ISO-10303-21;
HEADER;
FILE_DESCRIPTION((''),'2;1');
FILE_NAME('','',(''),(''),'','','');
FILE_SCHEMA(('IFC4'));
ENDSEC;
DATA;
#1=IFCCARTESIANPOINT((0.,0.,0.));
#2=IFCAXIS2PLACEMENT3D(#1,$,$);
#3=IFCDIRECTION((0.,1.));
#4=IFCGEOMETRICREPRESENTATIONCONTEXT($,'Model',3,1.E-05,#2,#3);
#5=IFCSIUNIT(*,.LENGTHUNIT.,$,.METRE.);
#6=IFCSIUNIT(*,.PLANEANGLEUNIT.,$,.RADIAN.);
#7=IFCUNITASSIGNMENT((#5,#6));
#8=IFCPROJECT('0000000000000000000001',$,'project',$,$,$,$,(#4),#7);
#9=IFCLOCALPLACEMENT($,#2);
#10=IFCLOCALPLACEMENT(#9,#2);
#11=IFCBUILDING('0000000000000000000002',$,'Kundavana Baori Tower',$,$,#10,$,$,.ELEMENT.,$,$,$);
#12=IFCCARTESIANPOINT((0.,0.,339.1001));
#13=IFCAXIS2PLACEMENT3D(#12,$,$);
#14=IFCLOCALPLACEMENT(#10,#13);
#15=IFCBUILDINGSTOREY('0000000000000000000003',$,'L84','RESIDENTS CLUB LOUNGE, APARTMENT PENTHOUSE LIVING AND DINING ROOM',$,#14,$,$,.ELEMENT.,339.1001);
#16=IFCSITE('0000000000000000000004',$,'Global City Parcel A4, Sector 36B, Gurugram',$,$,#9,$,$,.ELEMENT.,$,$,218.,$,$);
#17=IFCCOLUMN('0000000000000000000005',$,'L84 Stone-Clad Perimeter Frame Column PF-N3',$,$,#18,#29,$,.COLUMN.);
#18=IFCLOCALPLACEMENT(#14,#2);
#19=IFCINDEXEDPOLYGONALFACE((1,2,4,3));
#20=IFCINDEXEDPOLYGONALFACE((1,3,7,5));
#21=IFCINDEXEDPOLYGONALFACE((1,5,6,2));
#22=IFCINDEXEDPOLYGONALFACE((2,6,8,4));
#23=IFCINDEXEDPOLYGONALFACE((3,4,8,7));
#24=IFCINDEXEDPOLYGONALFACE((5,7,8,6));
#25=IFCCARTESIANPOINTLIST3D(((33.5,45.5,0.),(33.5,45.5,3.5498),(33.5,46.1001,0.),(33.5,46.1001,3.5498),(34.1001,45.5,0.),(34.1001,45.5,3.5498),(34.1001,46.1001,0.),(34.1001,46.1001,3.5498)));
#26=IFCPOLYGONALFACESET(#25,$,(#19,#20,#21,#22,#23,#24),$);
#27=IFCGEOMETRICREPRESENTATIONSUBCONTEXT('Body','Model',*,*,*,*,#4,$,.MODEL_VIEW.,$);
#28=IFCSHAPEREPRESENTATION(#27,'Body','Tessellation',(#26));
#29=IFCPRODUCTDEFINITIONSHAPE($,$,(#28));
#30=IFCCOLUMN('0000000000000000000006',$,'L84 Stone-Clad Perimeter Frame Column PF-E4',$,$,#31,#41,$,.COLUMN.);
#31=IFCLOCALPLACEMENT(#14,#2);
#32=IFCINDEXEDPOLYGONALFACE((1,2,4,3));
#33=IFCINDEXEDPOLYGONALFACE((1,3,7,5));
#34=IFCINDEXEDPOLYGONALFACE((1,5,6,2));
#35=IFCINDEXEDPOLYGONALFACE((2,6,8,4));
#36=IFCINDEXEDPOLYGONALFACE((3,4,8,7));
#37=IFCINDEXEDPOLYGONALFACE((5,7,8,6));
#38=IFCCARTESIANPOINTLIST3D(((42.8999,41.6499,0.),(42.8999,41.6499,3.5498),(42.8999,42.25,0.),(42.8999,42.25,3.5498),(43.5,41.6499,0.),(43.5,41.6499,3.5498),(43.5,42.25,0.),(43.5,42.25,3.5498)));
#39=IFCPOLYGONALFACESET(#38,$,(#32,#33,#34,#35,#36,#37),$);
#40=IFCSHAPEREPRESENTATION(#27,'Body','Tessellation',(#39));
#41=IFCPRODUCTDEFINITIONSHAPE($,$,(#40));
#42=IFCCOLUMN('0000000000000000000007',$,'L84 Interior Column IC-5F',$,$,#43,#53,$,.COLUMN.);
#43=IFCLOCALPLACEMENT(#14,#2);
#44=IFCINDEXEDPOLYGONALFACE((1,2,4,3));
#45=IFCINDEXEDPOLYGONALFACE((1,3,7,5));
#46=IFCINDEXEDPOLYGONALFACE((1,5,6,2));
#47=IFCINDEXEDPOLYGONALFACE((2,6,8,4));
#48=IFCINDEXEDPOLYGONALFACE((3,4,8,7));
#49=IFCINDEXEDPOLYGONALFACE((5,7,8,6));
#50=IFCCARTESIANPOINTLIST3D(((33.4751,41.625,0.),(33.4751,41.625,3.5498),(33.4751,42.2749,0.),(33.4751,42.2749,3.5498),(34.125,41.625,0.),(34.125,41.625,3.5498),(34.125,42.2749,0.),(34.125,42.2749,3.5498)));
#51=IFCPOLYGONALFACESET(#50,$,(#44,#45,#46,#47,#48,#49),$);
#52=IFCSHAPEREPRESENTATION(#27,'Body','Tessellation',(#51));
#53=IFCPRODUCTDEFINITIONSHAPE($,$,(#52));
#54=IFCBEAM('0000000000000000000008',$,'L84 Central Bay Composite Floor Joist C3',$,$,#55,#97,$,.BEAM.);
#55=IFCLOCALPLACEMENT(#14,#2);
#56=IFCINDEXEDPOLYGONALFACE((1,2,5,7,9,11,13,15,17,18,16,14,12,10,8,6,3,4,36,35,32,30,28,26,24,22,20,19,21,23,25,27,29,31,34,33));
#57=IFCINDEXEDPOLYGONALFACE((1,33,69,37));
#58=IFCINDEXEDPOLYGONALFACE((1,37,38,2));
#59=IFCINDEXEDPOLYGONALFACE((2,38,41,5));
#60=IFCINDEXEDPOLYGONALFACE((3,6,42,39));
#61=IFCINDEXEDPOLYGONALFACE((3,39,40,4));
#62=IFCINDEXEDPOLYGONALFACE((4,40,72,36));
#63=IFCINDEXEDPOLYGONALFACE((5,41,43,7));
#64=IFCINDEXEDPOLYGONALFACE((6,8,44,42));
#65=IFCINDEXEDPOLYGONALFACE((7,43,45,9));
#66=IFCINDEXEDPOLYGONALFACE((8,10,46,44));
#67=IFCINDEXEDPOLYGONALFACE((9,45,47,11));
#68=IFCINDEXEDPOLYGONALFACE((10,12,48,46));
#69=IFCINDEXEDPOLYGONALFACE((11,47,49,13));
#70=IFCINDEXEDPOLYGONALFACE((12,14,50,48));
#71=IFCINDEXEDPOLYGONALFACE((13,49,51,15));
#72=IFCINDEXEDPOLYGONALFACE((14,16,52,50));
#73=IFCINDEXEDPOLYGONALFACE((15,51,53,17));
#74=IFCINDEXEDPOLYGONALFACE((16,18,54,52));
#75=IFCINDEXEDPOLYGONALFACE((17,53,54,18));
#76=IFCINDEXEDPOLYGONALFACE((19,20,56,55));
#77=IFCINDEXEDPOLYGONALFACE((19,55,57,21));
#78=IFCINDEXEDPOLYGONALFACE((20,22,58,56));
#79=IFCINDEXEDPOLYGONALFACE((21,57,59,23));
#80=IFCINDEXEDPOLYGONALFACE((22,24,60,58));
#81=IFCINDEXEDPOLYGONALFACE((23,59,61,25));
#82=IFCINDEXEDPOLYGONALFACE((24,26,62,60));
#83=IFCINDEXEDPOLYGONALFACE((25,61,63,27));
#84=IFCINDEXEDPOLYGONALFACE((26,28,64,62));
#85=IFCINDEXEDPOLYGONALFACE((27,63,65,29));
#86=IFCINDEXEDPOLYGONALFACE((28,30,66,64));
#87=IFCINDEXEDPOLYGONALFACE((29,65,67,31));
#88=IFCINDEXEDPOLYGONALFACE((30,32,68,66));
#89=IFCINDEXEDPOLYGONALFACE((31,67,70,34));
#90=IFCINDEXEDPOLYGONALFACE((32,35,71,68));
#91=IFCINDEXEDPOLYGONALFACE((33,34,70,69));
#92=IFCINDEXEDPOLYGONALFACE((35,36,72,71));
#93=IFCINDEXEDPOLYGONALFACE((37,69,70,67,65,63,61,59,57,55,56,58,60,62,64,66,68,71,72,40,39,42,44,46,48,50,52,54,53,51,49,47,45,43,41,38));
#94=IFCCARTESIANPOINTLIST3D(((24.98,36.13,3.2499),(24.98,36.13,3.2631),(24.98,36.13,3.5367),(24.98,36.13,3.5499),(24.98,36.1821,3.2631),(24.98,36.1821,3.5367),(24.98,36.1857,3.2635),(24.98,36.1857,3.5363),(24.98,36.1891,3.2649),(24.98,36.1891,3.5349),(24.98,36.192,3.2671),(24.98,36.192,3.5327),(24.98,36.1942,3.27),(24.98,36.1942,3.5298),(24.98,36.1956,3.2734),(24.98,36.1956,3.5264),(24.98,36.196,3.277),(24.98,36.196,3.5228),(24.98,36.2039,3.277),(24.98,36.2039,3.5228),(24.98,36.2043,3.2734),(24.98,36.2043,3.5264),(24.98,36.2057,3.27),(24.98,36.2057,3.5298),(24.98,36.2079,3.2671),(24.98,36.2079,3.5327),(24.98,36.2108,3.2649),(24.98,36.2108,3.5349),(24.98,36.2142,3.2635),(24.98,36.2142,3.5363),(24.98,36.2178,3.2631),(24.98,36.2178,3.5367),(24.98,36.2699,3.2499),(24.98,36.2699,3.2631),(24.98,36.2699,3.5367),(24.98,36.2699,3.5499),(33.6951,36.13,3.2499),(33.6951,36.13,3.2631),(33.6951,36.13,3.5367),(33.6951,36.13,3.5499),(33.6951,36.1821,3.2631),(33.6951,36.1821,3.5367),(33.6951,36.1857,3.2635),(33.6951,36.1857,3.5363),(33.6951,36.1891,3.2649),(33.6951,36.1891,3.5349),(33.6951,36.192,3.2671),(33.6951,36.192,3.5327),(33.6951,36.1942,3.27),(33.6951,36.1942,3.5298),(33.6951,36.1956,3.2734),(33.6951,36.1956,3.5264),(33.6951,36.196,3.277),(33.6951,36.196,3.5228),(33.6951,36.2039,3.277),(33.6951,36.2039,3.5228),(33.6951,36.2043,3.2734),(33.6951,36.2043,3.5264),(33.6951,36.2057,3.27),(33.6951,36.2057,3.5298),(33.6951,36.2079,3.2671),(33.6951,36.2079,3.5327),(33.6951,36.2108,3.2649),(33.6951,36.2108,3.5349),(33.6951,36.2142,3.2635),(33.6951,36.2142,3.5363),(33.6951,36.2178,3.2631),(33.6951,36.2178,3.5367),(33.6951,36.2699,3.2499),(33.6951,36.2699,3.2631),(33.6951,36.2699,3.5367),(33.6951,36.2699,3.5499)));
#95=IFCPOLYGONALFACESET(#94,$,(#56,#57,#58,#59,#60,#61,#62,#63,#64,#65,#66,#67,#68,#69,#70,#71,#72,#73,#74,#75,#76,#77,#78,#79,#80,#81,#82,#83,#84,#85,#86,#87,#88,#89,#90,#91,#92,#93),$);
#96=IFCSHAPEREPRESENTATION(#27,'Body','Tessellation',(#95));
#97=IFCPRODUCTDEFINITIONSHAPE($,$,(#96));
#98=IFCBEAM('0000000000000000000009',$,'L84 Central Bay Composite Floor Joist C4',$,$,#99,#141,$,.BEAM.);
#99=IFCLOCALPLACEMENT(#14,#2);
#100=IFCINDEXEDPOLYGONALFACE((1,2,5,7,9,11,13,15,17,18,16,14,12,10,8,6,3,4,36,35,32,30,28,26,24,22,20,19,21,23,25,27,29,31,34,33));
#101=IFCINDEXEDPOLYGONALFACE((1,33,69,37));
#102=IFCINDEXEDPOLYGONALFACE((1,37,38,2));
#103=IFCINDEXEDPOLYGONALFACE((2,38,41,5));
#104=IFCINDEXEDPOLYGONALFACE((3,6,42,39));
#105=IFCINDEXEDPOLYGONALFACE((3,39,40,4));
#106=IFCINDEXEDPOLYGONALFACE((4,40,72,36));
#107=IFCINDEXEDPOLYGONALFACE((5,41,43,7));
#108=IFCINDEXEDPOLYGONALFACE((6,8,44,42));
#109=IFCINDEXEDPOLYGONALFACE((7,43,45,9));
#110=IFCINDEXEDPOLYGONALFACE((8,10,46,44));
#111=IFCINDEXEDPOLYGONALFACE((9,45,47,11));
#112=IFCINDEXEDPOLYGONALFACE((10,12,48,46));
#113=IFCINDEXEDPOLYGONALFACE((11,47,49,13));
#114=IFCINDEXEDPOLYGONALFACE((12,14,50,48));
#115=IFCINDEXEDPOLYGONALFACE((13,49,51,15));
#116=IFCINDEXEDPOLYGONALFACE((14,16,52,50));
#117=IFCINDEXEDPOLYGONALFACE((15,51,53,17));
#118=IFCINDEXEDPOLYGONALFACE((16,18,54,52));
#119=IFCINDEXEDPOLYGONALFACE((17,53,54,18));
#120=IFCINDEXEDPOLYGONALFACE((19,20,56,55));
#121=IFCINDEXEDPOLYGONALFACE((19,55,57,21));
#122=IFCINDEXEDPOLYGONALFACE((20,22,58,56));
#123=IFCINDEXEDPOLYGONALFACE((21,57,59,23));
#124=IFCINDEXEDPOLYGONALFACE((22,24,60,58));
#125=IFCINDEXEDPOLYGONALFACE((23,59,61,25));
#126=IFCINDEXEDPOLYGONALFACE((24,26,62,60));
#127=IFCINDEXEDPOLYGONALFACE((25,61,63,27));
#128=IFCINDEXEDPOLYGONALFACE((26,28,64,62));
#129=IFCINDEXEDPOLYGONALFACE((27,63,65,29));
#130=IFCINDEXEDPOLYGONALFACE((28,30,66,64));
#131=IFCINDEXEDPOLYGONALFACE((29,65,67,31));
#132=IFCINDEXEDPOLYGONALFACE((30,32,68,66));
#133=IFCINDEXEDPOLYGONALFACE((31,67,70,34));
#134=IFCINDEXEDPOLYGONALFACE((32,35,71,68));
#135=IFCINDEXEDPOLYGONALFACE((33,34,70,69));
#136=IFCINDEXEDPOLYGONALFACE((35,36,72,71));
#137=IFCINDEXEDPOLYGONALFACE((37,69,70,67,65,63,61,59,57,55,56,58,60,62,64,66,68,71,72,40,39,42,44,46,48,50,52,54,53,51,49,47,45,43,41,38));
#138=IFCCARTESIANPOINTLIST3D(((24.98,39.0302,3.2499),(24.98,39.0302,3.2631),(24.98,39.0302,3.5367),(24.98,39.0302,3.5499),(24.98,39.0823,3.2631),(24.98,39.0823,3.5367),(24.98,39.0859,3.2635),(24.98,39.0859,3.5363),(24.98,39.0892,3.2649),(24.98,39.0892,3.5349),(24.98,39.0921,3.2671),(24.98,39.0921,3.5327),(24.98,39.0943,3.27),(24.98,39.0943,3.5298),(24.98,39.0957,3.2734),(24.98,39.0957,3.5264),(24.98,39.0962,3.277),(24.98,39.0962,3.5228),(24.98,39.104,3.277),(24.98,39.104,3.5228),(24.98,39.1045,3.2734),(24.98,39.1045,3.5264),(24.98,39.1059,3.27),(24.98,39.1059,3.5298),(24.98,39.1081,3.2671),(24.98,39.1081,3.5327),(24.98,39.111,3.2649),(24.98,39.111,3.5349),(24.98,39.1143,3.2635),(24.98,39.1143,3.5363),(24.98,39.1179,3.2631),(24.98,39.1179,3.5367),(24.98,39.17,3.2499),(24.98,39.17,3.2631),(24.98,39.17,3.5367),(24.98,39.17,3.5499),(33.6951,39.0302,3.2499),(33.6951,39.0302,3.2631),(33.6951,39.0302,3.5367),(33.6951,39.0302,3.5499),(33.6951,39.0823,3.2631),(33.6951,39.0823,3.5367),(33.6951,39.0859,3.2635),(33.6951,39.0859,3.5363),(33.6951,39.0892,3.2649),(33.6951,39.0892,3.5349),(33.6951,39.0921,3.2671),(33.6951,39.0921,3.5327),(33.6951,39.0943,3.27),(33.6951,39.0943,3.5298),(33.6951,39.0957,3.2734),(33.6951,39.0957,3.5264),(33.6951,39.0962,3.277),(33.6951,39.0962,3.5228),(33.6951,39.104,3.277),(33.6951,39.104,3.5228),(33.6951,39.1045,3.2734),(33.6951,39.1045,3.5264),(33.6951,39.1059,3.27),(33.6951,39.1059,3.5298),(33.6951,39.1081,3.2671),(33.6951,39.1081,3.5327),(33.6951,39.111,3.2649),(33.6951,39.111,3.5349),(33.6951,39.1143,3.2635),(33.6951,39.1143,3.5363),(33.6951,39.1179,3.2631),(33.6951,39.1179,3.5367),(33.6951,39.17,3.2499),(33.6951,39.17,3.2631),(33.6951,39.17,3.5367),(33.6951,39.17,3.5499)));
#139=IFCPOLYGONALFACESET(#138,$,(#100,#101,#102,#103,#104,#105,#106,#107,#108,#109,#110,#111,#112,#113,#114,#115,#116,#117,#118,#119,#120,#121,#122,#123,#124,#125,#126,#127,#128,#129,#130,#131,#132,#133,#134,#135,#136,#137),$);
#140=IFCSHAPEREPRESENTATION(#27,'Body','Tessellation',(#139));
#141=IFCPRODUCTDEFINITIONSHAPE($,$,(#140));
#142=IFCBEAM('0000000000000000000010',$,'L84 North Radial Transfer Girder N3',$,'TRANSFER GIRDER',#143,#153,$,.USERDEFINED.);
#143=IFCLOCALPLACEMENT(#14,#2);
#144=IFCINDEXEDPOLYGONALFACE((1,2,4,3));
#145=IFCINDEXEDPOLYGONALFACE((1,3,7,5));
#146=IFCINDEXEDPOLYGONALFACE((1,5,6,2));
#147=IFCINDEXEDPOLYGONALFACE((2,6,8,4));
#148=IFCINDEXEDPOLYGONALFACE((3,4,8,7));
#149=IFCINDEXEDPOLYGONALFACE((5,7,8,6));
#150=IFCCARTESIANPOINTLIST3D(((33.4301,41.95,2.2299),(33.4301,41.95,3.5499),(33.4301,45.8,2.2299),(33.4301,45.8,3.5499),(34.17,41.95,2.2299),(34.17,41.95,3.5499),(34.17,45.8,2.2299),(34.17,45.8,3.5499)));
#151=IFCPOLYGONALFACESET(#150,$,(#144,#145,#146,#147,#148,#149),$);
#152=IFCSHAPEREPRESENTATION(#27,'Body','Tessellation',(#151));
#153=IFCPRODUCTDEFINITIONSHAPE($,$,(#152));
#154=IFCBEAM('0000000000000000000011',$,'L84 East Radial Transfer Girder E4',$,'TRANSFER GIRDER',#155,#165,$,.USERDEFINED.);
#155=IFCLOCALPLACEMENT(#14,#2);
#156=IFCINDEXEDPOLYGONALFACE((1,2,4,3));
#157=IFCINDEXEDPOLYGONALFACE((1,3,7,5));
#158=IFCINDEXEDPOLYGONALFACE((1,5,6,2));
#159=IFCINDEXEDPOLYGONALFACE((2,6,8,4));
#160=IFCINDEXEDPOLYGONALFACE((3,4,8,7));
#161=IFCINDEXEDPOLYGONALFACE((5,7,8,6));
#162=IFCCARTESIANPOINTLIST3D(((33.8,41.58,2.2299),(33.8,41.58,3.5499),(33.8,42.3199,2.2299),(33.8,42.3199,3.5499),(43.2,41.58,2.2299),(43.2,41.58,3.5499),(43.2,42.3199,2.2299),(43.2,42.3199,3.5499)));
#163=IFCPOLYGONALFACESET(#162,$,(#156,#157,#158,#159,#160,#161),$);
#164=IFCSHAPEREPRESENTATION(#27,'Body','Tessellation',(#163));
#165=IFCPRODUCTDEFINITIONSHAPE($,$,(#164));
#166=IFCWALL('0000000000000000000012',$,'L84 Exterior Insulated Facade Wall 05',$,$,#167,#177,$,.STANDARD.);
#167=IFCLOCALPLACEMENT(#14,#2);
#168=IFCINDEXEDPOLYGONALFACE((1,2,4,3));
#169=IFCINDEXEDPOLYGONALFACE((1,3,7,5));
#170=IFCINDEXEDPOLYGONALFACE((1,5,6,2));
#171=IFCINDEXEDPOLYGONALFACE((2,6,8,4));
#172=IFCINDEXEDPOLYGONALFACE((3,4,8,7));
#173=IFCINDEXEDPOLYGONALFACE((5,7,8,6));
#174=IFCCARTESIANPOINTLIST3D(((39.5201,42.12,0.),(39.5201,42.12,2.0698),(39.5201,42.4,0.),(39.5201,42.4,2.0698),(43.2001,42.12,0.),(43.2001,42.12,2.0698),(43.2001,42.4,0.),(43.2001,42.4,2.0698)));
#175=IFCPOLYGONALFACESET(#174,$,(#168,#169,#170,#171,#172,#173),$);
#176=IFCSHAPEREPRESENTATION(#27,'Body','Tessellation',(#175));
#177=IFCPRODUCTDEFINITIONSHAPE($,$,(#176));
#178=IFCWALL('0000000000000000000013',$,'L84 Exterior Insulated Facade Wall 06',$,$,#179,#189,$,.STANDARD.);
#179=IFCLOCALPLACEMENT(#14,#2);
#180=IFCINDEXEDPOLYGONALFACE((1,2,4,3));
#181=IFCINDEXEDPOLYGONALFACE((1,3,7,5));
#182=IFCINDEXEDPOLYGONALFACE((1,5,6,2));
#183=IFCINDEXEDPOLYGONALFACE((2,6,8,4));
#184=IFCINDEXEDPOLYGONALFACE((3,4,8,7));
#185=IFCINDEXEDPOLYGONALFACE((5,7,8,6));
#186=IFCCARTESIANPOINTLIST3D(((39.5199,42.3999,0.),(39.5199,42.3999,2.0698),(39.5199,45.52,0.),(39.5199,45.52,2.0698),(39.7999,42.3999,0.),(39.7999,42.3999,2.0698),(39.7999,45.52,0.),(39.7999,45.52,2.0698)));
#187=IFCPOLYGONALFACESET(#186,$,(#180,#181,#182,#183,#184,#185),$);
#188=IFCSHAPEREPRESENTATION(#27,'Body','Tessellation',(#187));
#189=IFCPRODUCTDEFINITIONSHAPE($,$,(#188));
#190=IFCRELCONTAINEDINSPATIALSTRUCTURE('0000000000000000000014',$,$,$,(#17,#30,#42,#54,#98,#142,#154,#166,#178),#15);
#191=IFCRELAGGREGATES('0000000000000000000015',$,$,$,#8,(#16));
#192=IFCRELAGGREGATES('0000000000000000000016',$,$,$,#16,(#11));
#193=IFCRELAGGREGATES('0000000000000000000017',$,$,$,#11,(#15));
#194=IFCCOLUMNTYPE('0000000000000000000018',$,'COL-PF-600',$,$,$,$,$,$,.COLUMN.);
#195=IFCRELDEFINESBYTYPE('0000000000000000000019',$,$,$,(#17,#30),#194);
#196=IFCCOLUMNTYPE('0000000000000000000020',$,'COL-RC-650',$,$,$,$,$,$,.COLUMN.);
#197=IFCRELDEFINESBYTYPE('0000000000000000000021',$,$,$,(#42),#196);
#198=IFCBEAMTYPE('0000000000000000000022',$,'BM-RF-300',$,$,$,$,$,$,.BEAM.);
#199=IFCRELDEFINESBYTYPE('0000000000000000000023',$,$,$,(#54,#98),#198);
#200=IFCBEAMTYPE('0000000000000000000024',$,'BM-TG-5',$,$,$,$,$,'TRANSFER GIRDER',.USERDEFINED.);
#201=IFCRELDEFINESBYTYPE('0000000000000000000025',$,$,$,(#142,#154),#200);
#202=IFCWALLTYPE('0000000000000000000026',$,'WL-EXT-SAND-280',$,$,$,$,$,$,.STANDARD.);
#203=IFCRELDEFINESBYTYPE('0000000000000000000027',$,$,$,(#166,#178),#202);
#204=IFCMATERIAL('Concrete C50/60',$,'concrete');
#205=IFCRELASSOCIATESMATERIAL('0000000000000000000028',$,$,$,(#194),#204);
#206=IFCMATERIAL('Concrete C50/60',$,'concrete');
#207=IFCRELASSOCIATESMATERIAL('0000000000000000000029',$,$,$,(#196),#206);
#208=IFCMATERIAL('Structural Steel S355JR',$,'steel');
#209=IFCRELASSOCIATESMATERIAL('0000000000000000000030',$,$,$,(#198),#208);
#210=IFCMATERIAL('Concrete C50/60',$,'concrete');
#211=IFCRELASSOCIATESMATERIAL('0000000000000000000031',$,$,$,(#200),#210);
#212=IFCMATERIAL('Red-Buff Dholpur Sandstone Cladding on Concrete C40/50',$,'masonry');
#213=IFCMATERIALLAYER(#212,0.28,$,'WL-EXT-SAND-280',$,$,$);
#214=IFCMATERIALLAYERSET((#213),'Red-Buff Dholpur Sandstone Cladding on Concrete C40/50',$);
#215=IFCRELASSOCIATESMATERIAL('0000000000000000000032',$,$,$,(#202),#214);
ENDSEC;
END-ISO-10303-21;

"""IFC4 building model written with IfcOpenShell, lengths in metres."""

from ifc_helpers import new_model, si_unit, direction, frame, frame_2d, origin, origin_2d, place, context, subcontext, project, spatial, rectangle, i_section, extrude, material, layer, layer_set, material_profile, profile_set, type_object, element, save


model = new_model("IFC4")

# Units and contexts
model_context = context("Model", 3, precision=1e-05, world=origin(), true_north=direction((0.0, 1.0)))
body_context = subcontext(model_context, "Body", "Model", "MODEL_VIEW")
ifc_project = project(units=[si_unit("LENGTHUNIT", "METRE"), si_unit("PLANEANGLEUNIT", "RADIAN")], contexts=[model_context])

# Site, building, storey
site_placement = place(None, origin())
site = spatial("IfcSite", under=ifc_project, at=site_placement, Name="Global City Parcel A4, Sector 36B, Gurugram", CompositionType="ELEMENT", RefElevation=218.0)
building_placement = place(site_placement, origin())
building = spatial("IfcBuilding", under=site, at=building_placement, Name="Kundavana Baori Tower", CompositionType="ELEMENT")
storey_placement = place(building_placement, frame((0.0, 0.0, 339.1001)))
storey = spatial("IfcBuildingStorey", under=building, at=storey_placement, Name="L84", Description="RESIDENTS CLUB LOUNGE, APARTMENT PENTHOUSE LIVING AND DINING ROOM", CompositionType="ELEMENT", Elevation=339.1001)

# Columns
ifc_material_1 = material(Name="Concrete C50/60", Category="concrete")
ifc_material_profile_1 = material_profile(ifc_material_1, rectangle(XDim=0.6001, YDim=0.6001, at=origin_2d()), Name="RC PF 600x600")
ifc_profile_set_1 = profile_set([ifc_material_profile_1], Name="Concrete C50/60")
column_type_1 = type_object("IfcColumnType", Name="COL-PF-600", PredefinedType="COLUMN", material=ifc_profile_set_1)
for number, where, z_axis, x_axis, name in (
    (1, (33.8, 45.8, 0.0), (0.0, 0.0, 1.0), (1.0, 0.0, 0.0), "L84 Stone-Clad Perimeter Frame Column PF-N3"),
    (2, (43.2, 41.95, 0.0), (0.0, 0.0, 1.0), (1.0, 0.0, 0.0), "L84 Stone-Clad Perimeter Frame Column PF-E4"),
):
    element("IfcColumn", number, at=place(storey_placement, frame(where, z_axis=z_axis, x_axis=x_axis)), inside=storey, type_object=column_type_1, Name=name, PredefinedType="COLUMN", context=body_context, shape_type="SweptSolid", body=[
        extrude(rectangle(XDim=0.6001, YDim=0.6001, at=origin_2d()), origin(), (0.0, 0.0, 1.0), 3.5498),
    ])
ifc_material_2 = material(Name="Concrete C50/60", Category="concrete")
ifc_material_profile_2 = material_profile(ifc_material_2, rectangle(XDim=0.6499, YDim=0.6499, at=origin_2d()), Name="RC 650x650")
ifc_profile_set_2 = profile_set([ifc_material_profile_2], Name="Concrete C50/60")
column_type_2 = type_object("IfcColumnType", Name="COL-RC-650", PredefinedType="COLUMN", material=ifc_profile_set_2)
column_placement = place(storey_placement, frame((33.8, 41.95, 0.0), z_axis=(0.0, 0.0, 1.0), x_axis=(1.0, 0.0, 0.0)))
element("IfcColumn", 3, at=column_placement, inside=storey, type_object=column_type_2, Name="L84 Interior Column IC-5F", PredefinedType="COLUMN", context=body_context, shape_type="SweptSolid", body=[
    extrude(rectangle(XDim=0.6499, YDim=0.6499, at=origin_2d()), origin(), (0.0, 0.0, 1.0), 3.5498),
])

# Beams
ifc_material_3 = material(Name="Structural Steel S355JR", Category="steel")
ifc_material_profile_3 = material_profile(ifc_material_3, i_section(OverallWidth=0.1399, OverallDepth=0.3, WebThickness=0.0078, FlangeThickness=0.0132, FilletRadius=0.0139, at=origin_2d()), Name="ISMB 300")
ifc_profile_set_3 = profile_set([ifc_material_profile_3], Name="Structural Steel S355JR")
beam_type_1 = type_object("IfcBeamType", Name="BM-RF-300", PredefinedType="BEAM", material=ifc_profile_set_3)
for number, where, z_axis, x_axis, name in (
    (4, (24.98, 36.2, 3.3999), (1.0, 0.0, 0.0), (0.0, 1.0, 0.0), "L84 Central Bay Composite Floor Joist C3"),
    (5, (24.98, 39.1001, 3.3999), (1.0, 0.0, 0.0), (0.0, 1.0, 0.0), "L84 Central Bay Composite Floor Joist C4"),
):
    element("IfcBeam", number, at=place(storey_placement, frame(where, z_axis=z_axis, x_axis=x_axis)), inside=storey, type_object=beam_type_1, Name=name, PredefinedType="BEAM", context=body_context, shape_type="SweptSolid", body=[
        extrude(i_section(OverallWidth=0.1399, OverallDepth=0.3, WebThickness=0.0078, FlangeThickness=0.0132, FilletRadius=0.0139, at=origin_2d()), origin(), (0.0, 0.0, 1.0), 8.7151),
    ])
ifc_material_4 = material(Name="Concrete C50/60", Category="concrete")
ifc_material_profile_4 = material_profile(ifc_material_4, rectangle(XDim=0.74, YDim=1.3201, at=origin_2d()), Name="BM-TG-5")
ifc_profile_set_4 = profile_set([ifc_material_profile_4], Name="Concrete C50/60")
beam_type_2 = type_object("IfcBeamType", Name="BM-TG-5", ElementType="TRANSFER GIRDER", PredefinedType="USERDEFINED", material=ifc_profile_set_4)
beam_1_placement = place(storey_placement, frame((33.8, 41.95, 2.8899), z_axis=(0.0, 1.0, 0.0), x_axis=(-1.0, 0.0, 0.0)))
element("IfcBeam", 6, at=beam_1_placement, inside=storey, type_object=beam_type_2, Name="L84 North Radial Transfer Girder N3", ObjectType="TRANSFER GIRDER", PredefinedType="USERDEFINED", context=body_context, shape_type="SweptSolid", body=[
    extrude(rectangle(XDim=0.74, YDim=1.3201, at=origin_2d()), origin(), (0.0, 0.0, 1.0), 3.8501),
])
beam_2_placement = place(storey_placement, frame((33.8, 41.95, 2.8899), z_axis=(1.0, 0.0, 0.0), x_axis=(0.0, 1.0, 0.0)))
element("IfcBeam", 7, at=beam_2_placement, inside=storey, type_object=beam_type_2, Name="L84 East Radial Transfer Girder E4", ObjectType="TRANSFER GIRDER", PredefinedType="USERDEFINED", context=body_context, shape_type="SweptSolid", body=[
    extrude(rectangle(XDim=0.74, YDim=1.3201, at=origin_2d()), origin(), (0.0, 0.0, 1.0), 9.3999),
])

# Walls
ifc_material_5 = material(Name="Red-Buff Dholpur Sandstone Cladding on Concrete C40/50", Category="masonry")
ifc_layer_1 = layer(ifc_material_5, 0.28, Name="WL-EXT-SAND-280")
ifc_layer_set_1 = layer_set([ifc_layer_1], Name="Red-Buff Dholpur Sandstone Cladding on Concrete C40/50")
wall_type_1 = type_object("IfcWallType", Name="WL-EXT-SAND-280", PredefinedType="STANDARD", material=ifc_layer_set_1)
wall_1_placement = place(storey_placement, frame((43.2, 42.26, 0.0), z_axis=(0.0, 0.0, 1.0), x_axis=(-1.0, 0.0, 0.0)))
element("IfcWall", 8, at=wall_1_placement, inside=storey, type_object=wall_type_1, Name="L84 Exterior Insulated Facade Wall 05", PredefinedType="STANDARD", context=body_context, shape_type="SweptSolid", body=[
    extrude(rectangle(XDim=3.6799, YDim=0.28, at=frame_2d((1.8398, 0.0))), origin(), (0.0, 0.0, 1.0), 2.0698),
])
wall_2_placement = place(storey_placement, frame((39.6599, 42.3999, 0.0), z_axis=(0.0, 0.0, 1.0), x_axis=(0.0, 1.0, 0.0)))
element("IfcWall", 9, at=wall_2_placement, inside=storey, type_object=wall_type_1, Name="L84 Exterior Insulated Facade Wall 06", PredefinedType="STANDARD", context=body_context, shape_type="SweptSolid", body=[
    extrude(rectangle(XDim=3.1201, YDim=0.28, at=frame_2d((1.5601, 0.0))), origin(), (0.0, 0.0, 1.0), 2.0698),
])

save(model, "model.ifc")
